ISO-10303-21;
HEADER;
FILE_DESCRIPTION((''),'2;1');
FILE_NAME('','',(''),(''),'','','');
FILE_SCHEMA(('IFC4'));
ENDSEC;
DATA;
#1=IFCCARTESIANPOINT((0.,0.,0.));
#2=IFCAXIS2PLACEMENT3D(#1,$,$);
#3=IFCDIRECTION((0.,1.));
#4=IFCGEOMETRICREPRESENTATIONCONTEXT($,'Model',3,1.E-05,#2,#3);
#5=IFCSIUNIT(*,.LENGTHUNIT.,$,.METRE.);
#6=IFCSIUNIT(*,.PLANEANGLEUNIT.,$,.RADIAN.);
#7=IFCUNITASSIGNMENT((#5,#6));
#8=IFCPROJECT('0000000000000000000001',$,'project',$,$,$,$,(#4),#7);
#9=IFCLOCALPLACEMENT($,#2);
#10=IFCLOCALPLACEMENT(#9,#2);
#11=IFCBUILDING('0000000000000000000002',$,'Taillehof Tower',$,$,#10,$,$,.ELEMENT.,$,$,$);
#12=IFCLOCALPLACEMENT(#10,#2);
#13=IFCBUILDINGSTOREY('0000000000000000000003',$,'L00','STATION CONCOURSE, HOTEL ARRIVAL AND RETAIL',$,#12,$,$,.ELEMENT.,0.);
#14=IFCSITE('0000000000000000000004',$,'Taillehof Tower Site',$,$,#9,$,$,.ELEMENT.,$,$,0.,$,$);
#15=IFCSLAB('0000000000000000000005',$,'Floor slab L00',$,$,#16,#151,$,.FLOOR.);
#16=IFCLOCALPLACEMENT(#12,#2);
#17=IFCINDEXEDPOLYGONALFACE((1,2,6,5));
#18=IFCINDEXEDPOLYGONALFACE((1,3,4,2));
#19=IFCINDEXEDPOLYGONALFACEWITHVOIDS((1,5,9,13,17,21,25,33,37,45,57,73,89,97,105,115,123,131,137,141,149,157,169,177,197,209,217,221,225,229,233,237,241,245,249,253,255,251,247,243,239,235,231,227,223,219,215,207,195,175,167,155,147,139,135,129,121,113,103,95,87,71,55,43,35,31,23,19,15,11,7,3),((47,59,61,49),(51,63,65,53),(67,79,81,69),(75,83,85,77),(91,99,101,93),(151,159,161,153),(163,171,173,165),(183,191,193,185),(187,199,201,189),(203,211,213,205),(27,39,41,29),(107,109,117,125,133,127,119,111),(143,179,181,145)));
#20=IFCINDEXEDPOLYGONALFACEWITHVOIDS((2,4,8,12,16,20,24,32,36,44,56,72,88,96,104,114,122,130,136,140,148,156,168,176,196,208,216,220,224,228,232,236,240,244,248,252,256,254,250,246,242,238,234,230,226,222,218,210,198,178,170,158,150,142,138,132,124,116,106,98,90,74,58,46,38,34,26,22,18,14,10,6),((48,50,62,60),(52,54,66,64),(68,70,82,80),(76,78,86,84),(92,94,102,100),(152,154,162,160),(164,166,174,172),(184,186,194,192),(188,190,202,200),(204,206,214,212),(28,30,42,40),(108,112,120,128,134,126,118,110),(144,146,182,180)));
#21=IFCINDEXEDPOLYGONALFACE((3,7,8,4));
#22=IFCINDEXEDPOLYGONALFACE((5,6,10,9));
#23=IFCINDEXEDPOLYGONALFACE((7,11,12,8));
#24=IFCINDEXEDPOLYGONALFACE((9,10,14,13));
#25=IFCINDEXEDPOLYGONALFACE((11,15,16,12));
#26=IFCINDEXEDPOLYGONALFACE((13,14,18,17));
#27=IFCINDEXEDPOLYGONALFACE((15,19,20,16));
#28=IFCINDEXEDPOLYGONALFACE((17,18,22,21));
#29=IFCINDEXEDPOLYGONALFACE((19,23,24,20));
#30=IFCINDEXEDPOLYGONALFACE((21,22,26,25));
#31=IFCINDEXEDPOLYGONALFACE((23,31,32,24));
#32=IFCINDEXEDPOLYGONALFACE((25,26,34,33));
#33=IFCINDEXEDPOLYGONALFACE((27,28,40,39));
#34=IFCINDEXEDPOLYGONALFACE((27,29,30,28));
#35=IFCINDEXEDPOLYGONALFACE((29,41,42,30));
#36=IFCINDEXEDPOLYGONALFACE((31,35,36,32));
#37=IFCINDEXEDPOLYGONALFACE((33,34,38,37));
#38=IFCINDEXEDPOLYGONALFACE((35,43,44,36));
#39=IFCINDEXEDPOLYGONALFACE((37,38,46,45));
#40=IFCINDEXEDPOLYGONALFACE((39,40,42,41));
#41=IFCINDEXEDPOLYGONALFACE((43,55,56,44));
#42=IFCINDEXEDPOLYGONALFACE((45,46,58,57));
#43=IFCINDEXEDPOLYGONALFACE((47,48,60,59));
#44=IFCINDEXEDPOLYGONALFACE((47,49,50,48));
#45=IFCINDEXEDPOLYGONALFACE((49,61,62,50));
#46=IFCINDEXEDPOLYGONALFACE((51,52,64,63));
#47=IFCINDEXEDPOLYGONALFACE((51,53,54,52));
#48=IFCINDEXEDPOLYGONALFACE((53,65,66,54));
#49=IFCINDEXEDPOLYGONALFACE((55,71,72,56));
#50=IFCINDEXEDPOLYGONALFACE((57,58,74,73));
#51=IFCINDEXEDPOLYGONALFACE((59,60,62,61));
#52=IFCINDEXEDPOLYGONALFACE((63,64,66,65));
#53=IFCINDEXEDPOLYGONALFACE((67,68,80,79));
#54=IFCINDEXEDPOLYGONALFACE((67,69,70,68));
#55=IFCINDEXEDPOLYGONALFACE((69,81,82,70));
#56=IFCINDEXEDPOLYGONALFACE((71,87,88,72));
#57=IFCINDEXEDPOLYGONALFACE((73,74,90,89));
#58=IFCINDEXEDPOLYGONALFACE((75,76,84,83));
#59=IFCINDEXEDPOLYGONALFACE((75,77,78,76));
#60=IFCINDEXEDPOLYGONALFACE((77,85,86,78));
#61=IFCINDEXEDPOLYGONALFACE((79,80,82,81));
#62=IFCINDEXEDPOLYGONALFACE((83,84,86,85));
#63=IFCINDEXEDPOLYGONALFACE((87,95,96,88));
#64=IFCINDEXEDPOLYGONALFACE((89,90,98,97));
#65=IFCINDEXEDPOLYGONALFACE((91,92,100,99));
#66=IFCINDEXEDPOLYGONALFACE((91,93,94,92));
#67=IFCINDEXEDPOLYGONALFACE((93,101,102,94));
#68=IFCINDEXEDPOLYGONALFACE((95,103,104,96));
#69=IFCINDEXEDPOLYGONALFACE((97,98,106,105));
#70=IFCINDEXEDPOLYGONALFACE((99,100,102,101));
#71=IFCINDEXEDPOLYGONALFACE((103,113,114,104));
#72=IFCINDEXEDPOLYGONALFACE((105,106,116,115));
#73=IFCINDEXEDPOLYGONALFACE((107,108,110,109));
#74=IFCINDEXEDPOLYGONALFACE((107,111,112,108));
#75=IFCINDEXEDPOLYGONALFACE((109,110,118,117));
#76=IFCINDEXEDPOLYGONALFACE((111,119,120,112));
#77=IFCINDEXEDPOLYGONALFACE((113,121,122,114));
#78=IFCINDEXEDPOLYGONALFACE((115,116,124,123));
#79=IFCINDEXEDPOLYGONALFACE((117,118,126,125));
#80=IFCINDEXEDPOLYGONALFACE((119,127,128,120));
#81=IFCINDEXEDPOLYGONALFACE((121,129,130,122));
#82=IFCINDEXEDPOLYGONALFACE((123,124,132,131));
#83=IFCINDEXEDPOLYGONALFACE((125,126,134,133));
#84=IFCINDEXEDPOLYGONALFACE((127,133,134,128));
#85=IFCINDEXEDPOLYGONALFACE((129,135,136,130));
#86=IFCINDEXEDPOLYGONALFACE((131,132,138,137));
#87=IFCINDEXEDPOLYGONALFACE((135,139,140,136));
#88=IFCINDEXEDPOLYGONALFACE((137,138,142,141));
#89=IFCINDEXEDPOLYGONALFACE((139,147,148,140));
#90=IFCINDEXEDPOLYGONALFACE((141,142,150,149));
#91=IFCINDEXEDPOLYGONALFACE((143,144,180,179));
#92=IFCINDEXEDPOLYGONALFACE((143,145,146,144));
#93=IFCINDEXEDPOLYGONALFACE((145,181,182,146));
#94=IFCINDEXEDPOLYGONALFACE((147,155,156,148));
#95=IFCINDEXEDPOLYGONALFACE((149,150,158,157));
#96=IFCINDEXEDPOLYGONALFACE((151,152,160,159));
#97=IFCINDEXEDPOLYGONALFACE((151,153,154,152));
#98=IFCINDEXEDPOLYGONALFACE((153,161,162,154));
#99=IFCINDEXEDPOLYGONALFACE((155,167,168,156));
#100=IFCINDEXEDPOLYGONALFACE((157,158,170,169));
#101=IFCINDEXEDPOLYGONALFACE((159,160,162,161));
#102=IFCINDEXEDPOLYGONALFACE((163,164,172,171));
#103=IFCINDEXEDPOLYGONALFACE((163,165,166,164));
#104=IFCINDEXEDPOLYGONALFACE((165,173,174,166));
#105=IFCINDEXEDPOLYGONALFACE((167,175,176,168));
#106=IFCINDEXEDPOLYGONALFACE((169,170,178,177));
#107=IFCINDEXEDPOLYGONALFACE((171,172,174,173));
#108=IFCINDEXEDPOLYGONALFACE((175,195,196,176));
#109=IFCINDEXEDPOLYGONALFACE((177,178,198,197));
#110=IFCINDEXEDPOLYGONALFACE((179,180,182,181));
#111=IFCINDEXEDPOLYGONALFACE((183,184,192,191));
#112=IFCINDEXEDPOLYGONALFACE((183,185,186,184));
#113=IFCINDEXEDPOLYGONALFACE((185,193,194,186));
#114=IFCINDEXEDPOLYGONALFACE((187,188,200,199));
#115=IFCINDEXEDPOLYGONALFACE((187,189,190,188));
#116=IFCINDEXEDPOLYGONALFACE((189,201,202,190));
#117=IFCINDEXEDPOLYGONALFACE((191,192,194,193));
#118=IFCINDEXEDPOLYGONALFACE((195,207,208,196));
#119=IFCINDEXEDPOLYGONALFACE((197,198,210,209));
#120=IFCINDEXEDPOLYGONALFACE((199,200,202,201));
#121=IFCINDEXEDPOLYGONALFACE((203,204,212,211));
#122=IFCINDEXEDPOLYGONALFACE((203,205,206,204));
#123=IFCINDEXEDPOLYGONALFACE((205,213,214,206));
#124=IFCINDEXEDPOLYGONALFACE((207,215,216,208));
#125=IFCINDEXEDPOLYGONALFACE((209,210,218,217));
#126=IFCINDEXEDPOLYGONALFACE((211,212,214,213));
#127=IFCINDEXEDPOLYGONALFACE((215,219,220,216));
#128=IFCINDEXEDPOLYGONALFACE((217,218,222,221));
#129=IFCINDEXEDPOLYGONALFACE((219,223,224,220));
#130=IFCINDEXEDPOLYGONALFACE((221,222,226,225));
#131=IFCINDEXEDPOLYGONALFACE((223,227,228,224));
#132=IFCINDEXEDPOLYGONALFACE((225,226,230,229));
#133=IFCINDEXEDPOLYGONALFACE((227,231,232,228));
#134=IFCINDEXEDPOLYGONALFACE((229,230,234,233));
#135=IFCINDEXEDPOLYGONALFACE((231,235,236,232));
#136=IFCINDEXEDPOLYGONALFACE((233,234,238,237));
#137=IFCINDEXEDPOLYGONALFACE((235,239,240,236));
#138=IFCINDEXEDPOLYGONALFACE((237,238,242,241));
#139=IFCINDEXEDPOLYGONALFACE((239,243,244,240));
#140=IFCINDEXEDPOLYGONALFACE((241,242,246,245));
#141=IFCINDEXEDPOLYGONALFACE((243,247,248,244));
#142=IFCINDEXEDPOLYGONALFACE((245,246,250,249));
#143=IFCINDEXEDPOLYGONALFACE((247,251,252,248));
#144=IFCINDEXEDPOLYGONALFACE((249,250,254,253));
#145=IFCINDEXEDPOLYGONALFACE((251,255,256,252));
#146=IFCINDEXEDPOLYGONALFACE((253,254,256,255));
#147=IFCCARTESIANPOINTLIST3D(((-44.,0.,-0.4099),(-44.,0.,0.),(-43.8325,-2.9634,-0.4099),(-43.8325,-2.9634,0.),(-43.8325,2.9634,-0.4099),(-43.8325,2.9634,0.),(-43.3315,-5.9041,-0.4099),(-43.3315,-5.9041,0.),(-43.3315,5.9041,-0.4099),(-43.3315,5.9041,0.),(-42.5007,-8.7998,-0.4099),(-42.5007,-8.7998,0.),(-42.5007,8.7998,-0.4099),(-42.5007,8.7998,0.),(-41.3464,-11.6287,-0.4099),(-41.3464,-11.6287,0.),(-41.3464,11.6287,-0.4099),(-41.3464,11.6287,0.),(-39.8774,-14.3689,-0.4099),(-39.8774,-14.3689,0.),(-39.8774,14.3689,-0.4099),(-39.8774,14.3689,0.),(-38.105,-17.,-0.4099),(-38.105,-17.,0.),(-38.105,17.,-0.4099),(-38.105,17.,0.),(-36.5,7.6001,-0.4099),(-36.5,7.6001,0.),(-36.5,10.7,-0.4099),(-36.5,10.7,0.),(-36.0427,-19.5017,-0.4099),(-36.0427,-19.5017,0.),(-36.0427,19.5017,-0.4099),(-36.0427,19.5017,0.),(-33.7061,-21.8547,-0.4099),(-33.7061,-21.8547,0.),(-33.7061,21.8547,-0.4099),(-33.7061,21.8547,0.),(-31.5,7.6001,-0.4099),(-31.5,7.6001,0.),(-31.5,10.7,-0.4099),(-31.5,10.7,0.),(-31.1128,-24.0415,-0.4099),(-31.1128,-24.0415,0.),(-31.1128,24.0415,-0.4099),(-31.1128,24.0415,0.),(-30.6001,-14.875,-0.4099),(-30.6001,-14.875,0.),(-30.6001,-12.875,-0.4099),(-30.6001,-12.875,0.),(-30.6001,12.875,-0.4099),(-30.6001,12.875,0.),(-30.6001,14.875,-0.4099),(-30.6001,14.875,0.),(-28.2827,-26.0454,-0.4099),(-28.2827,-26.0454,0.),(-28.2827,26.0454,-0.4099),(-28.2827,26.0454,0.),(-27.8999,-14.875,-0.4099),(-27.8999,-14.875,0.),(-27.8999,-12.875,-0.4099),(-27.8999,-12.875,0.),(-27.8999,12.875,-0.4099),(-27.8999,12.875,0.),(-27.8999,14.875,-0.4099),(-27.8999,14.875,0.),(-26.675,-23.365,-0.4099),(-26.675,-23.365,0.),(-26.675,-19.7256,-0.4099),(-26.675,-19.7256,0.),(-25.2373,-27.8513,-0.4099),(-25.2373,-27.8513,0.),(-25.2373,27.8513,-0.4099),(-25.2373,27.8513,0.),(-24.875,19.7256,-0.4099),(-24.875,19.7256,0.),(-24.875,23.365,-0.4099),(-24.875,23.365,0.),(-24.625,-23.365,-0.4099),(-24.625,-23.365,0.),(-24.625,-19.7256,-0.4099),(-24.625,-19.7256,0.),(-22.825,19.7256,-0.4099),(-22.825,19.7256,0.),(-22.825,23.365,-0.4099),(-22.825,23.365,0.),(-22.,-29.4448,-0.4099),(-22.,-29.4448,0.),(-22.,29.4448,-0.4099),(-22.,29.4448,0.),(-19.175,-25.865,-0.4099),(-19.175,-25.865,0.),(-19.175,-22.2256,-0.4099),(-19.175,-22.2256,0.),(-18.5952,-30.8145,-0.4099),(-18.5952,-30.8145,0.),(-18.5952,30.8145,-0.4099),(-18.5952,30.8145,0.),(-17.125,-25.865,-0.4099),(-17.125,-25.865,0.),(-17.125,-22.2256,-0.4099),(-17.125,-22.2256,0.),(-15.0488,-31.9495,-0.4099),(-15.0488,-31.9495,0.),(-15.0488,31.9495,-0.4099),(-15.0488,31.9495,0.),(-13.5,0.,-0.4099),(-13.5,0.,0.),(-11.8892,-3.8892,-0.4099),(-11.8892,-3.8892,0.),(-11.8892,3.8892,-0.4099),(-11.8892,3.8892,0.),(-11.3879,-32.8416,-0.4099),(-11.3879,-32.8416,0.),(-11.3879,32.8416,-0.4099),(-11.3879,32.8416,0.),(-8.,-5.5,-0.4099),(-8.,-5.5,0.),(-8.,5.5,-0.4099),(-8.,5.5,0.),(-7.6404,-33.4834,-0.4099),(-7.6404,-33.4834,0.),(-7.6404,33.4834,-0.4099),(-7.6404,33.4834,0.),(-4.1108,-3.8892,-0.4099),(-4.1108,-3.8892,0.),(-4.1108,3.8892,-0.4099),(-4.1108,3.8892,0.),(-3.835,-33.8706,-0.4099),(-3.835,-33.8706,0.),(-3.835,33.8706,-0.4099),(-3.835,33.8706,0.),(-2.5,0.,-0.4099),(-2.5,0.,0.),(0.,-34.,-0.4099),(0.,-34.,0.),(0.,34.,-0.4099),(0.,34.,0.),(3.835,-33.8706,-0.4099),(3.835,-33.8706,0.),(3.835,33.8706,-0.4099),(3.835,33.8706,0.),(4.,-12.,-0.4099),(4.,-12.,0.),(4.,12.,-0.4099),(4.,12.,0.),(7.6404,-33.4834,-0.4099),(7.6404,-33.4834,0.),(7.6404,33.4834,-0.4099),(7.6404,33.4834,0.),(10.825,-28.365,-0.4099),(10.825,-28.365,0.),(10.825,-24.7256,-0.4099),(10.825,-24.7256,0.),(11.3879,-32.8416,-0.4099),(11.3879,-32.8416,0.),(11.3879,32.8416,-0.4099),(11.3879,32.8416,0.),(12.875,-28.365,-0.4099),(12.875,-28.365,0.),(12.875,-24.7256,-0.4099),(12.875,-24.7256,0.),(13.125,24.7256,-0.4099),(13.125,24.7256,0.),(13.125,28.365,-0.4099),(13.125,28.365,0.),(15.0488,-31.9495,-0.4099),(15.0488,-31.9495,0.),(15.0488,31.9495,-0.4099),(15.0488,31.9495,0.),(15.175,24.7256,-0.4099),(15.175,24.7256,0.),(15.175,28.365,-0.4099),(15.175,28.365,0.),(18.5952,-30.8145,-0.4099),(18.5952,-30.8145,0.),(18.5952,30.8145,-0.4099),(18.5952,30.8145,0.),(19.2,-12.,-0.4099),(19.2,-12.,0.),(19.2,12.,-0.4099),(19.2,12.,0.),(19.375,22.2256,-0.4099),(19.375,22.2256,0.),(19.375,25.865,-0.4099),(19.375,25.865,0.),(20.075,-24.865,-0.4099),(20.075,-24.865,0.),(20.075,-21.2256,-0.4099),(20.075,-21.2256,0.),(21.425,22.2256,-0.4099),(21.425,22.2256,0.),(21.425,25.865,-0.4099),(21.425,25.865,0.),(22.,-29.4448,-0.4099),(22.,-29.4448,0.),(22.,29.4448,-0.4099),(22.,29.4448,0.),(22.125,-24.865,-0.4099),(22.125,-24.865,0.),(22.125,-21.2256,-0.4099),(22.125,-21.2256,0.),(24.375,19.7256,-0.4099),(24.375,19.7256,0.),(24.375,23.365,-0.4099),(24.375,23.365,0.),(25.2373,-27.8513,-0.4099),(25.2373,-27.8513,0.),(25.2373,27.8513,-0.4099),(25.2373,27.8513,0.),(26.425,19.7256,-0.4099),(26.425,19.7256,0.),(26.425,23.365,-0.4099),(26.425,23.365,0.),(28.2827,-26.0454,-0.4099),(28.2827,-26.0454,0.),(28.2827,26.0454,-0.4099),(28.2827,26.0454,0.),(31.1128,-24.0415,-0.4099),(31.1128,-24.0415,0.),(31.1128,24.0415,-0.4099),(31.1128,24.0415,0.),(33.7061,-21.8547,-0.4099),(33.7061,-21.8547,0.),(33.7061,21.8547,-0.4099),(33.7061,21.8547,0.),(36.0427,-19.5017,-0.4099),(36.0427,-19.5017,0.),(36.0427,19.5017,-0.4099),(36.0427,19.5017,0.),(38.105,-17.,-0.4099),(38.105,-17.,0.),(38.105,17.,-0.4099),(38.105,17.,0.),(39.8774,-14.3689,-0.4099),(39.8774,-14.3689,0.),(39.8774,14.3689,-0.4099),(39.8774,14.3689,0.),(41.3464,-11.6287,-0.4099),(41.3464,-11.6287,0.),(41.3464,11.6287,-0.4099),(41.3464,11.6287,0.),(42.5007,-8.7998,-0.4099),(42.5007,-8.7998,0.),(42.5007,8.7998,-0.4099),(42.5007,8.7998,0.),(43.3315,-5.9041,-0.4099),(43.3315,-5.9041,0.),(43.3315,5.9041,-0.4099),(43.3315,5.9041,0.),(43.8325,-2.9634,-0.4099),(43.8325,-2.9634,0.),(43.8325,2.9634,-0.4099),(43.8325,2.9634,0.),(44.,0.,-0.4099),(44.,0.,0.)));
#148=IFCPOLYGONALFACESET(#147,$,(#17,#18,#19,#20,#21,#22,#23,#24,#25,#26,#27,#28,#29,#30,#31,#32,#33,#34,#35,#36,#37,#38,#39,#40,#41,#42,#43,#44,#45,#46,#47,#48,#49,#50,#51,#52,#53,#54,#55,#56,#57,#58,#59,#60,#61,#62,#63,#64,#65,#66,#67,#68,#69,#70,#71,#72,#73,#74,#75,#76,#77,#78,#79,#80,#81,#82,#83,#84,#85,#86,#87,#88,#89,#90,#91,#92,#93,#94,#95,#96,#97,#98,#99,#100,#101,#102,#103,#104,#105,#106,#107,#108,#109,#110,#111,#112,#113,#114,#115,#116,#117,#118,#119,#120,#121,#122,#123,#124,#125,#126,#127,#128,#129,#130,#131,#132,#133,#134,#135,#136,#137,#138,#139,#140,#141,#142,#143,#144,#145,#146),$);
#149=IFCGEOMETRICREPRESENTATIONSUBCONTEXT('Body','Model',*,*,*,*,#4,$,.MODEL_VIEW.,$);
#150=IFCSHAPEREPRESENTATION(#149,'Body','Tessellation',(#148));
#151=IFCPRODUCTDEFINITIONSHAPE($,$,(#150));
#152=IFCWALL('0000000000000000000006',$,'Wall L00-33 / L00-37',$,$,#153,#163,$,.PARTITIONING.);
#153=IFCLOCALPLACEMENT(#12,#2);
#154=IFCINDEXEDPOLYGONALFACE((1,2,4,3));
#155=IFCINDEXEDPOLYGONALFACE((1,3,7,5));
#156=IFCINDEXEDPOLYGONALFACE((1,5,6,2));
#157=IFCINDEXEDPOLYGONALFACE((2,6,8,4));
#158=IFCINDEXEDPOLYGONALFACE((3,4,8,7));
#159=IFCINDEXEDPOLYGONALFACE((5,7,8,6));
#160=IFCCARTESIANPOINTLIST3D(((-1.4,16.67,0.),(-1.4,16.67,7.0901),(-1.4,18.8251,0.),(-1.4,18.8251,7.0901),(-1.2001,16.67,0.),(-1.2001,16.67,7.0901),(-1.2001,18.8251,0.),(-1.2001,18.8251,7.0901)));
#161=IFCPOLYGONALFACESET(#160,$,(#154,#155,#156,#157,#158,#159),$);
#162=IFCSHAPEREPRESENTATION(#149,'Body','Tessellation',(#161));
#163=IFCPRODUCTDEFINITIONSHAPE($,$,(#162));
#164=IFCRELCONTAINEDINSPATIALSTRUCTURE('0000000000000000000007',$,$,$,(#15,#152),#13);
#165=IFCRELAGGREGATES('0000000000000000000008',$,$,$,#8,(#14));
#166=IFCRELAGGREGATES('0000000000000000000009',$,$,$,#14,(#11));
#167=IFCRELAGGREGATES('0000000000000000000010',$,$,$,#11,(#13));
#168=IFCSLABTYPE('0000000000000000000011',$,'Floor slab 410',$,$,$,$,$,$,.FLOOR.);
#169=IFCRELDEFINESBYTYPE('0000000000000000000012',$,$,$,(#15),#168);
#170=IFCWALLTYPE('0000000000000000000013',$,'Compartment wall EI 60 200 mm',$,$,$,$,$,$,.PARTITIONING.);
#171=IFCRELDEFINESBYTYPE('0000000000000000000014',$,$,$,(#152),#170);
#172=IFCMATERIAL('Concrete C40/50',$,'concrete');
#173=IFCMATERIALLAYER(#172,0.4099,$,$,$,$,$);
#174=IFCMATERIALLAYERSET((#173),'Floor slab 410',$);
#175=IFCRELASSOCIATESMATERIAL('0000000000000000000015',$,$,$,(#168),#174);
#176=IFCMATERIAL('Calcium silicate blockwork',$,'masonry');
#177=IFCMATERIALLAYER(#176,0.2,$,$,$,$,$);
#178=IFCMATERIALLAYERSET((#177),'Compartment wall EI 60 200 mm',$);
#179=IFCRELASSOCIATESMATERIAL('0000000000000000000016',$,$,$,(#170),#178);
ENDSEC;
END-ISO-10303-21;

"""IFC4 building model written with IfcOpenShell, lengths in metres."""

from ifc_helpers import new_model, si_unit, direction, frame, frame_2d, origin, place, context, subcontext, project, spatial, polyline, rectangle, outline, extrude, material, layer, layer_set, type_object, element, save


model = new_model("IFC4")

# Units and contexts
model_context = context("Model", 3, precision=1e-05, world=origin(), true_north=direction((0.0, 1.0)))
body_context = subcontext(model_context, "Body", "Model", "MODEL_VIEW")
ifc_project = project(units=[si_unit("LENGTHUNIT", "METRE"), si_unit("PLANEANGLEUNIT", "RADIAN")], contexts=[model_context])

# Site, building, storey
site_placement = place(None, origin())
site = spatial("IfcSite", under=ifc_project, at=site_placement, Name="Taillehof Tower Site", CompositionType="ELEMENT", RefElevation=0.0)
building_placement = place(site_placement, origin())
building = spatial("IfcBuilding", under=site, at=building_placement, Name="Taillehof Tower", CompositionType="ELEMENT")
storey_placement = place(building_placement, origin())
storey = spatial("IfcBuildingStorey", under=building, at=storey_placement, Name="L00", Description="STATION CONCOURSE, HOTEL ARRIVAL AND RETAIL", CompositionType="ELEMENT", Elevation=0.0)

# Slab
ifc_material_1 = material(Name="Concrete C40/50", Category="concrete")
ifc_layer_1 = layer(ifc_material_1, 0.4099)
ifc_layer_set_1 = layer_set([ifc_layer_1], Name="Floor slab 410")
slab_type_1 = type_object("IfcSlabType", Name="Floor slab 410", PredefinedType="FLOOR", material=ifc_layer_set_1)
slab_1_placement = place(storey_placement, frame((0.0, 0.0, -0.4099)))
element("IfcSlab", 1, at=slab_1_placement, inside=storey, type_object=slab_type_1, Name="Floor slab L00", PredefinedType="FLOOR", context=body_context, shape_type="SweptSolid", body=[
    extrude(outline(polyline([(44.0, 0.0), (43.8325, 2.9634), (43.3315, 5.9041), (42.5007, 8.7998), (41.3464, 11.6287), (39.8774, 14.3689), (38.105, 17.0), (36.0427, 19.5017), (33.7061, 21.8547), (31.1128, 24.0415), (28.2827, 26.0454), (25.2373, 27.8513), (22.0, 29.4448), (18.5952, 30.8145), (15.0488, 31.9495), (11.3879, 32.8416), (7.6404, 33.4834), (3.835, 33.8706), (0.0, 34.0), (-3.835, 33.8706), (-7.6404, 33.4834), (-11.3879, 32.8416), (-15.0488, 31.9495), (-18.5952, 30.8145), (-22.0, 29.4448), (-25.2373, 27.8513), (-28.2827, 26.0454), (-31.1128, 24.0415), (-33.7061, 21.8547), (-36.0427, 19.5017), (-38.105, 17.0), (-39.8774, 14.3689), (-41.3464, 11.6287), (-42.5007, 8.7998), (-43.3315, 5.9041), (-43.8325, 2.9634), (-44.0, 0.0), (-43.8325, -2.9634), (-43.3315, -5.9041), (-42.5007, -8.7998), (-41.3464, -11.6287), (-39.8774, -14.3689), (-38.105, -17.0), (-36.0427, -19.5017), (-33.7061, -21.8547), (-31.1128, -24.0415), (-28.2827, -26.0454), (-25.2373, -27.8513), (-22.0, -29.4448), (-18.5952, -30.8145), (-15.0488, -31.9495), (-11.3879, -32.8416), (-7.6404, -33.4834), (-3.835, -33.8706), (0.0, -34.0), (3.835, -33.8706), (7.6404, -33.4834), (11.3879, -32.8416), (15.0488, -31.9495), (18.5952, -30.8145), (22.0, -29.4448), (25.2373, -27.8513), (28.2827, -26.0454), (31.1128, -24.0415), (33.7061, -21.8547), (36.0427, -19.5017), (38.105, -17.0), (39.8774, -14.3689), (41.3464, -11.6287), (42.5007, -8.7998), (43.3315, -5.9041), (43.8325, -2.9634), (44.0, 0.0)]), holes=[polyline([(-19.175, -22.2256), (-17.125, -22.2256), (-17.125, -25.865), (-19.175, -25.865), (-19.175, -22.2256)]), polyline([(-24.625, -19.7256), (-24.625, -23.365), (-26.675, -23.365), (-26.675, -19.7256), (-24.625, -19.7256)]), polyline([(-27.8999, -14.875), (-30.6001, -14.875), (-30.6001, -12.875), (-27.8999, -12.875), (-27.8999, -14.875)]), polyline([(-11.8892, -3.8892), (-13.5, 0.0), (-11.8892, 3.8892), (-8.0, 5.5), (-4.1108, 3.8892), (-2.5, 0.0), (-4.1108, -3.8892), (-8.0, -5.5), (-11.8892, -3.8892)]), polyline([(-36.5, 7.6001), (-36.5, 10.7), (-31.5, 10.7), (-31.5, 7.6001), (-36.5, 7.6001)]), polyline([(-30.6001, 12.875), (-30.6001, 14.875), (-27.8999, 14.875), (-27.8999, 12.875), (-30.6001, 12.875)]), polyline([(-22.825, 19.7256), (-24.875, 19.7256), (-24.875, 23.365), (-22.825, 23.365), (-22.825, 19.7256)]), polyline([(12.875, -24.7256), (12.875, -28.365), (10.825, -28.365), (10.825, -24.7256), (12.875, -24.7256)]), polyline([(22.125, -21.2256), (22.125, -24.865), (20.075, -24.865), (20.075, -21.2256), (22.125, -21.2256)]), polyline([(4.0, -12.0), (4.0, 12.0), (19.2, 12.0), (19.2, -12.0), (4.0, -12.0)]), polyline([(24.375, 19.7256), (24.375, 23.365), (26.425, 23.365), (26.425, 19.7256), (24.375, 19.7256)]), polyline([(19.375, 22.2256), (19.375, 25.865), (21.425, 25.865), (21.425, 22.2256), (19.375, 22.2256)]), polyline([(13.125, 24.7256), (13.125, 28.365), (15.175, 28.365), (15.175, 24.7256), (13.125, 24.7256)])]), origin(), (0.0, 0.0, 1.0), 0.4099),
])

# Wall
ifc_material_2 = material(Name="Calcium silicate blockwork", Category="masonry")
ifc_layer_2 = layer(ifc_material_2, 0.2)
ifc_layer_set_2 = layer_set([ifc_layer_2], Name="Compartment wall EI 60 200 mm")
wall_type_1 = type_object("IfcWallType", Name="Compartment wall EI 60 200 mm", PredefinedType="PARTITIONING", material=ifc_layer_set_2)
wall_1_placement = place(storey_placement, frame((-1.3, 16.6699, 0.0), z_axis=(0.0, 0.0, 1.0), x_axis=(0.0, 1.0, 0.0)))
element("IfcWall", 2, at=wall_1_placement, inside=storey, type_object=wall_type_1, Name="Wall L00-33 / L00-37", PredefinedType="PARTITIONING", context=body_context, shape_type="SweptSolid", body=[
    extrude(rectangle(XDim=2.155, YDim=0.2, at=frame_2d((1.0776, 0.0))), origin(), (0.0, 0.0, 1.0), 7.0901),
])

save(model, "model.ifc")
